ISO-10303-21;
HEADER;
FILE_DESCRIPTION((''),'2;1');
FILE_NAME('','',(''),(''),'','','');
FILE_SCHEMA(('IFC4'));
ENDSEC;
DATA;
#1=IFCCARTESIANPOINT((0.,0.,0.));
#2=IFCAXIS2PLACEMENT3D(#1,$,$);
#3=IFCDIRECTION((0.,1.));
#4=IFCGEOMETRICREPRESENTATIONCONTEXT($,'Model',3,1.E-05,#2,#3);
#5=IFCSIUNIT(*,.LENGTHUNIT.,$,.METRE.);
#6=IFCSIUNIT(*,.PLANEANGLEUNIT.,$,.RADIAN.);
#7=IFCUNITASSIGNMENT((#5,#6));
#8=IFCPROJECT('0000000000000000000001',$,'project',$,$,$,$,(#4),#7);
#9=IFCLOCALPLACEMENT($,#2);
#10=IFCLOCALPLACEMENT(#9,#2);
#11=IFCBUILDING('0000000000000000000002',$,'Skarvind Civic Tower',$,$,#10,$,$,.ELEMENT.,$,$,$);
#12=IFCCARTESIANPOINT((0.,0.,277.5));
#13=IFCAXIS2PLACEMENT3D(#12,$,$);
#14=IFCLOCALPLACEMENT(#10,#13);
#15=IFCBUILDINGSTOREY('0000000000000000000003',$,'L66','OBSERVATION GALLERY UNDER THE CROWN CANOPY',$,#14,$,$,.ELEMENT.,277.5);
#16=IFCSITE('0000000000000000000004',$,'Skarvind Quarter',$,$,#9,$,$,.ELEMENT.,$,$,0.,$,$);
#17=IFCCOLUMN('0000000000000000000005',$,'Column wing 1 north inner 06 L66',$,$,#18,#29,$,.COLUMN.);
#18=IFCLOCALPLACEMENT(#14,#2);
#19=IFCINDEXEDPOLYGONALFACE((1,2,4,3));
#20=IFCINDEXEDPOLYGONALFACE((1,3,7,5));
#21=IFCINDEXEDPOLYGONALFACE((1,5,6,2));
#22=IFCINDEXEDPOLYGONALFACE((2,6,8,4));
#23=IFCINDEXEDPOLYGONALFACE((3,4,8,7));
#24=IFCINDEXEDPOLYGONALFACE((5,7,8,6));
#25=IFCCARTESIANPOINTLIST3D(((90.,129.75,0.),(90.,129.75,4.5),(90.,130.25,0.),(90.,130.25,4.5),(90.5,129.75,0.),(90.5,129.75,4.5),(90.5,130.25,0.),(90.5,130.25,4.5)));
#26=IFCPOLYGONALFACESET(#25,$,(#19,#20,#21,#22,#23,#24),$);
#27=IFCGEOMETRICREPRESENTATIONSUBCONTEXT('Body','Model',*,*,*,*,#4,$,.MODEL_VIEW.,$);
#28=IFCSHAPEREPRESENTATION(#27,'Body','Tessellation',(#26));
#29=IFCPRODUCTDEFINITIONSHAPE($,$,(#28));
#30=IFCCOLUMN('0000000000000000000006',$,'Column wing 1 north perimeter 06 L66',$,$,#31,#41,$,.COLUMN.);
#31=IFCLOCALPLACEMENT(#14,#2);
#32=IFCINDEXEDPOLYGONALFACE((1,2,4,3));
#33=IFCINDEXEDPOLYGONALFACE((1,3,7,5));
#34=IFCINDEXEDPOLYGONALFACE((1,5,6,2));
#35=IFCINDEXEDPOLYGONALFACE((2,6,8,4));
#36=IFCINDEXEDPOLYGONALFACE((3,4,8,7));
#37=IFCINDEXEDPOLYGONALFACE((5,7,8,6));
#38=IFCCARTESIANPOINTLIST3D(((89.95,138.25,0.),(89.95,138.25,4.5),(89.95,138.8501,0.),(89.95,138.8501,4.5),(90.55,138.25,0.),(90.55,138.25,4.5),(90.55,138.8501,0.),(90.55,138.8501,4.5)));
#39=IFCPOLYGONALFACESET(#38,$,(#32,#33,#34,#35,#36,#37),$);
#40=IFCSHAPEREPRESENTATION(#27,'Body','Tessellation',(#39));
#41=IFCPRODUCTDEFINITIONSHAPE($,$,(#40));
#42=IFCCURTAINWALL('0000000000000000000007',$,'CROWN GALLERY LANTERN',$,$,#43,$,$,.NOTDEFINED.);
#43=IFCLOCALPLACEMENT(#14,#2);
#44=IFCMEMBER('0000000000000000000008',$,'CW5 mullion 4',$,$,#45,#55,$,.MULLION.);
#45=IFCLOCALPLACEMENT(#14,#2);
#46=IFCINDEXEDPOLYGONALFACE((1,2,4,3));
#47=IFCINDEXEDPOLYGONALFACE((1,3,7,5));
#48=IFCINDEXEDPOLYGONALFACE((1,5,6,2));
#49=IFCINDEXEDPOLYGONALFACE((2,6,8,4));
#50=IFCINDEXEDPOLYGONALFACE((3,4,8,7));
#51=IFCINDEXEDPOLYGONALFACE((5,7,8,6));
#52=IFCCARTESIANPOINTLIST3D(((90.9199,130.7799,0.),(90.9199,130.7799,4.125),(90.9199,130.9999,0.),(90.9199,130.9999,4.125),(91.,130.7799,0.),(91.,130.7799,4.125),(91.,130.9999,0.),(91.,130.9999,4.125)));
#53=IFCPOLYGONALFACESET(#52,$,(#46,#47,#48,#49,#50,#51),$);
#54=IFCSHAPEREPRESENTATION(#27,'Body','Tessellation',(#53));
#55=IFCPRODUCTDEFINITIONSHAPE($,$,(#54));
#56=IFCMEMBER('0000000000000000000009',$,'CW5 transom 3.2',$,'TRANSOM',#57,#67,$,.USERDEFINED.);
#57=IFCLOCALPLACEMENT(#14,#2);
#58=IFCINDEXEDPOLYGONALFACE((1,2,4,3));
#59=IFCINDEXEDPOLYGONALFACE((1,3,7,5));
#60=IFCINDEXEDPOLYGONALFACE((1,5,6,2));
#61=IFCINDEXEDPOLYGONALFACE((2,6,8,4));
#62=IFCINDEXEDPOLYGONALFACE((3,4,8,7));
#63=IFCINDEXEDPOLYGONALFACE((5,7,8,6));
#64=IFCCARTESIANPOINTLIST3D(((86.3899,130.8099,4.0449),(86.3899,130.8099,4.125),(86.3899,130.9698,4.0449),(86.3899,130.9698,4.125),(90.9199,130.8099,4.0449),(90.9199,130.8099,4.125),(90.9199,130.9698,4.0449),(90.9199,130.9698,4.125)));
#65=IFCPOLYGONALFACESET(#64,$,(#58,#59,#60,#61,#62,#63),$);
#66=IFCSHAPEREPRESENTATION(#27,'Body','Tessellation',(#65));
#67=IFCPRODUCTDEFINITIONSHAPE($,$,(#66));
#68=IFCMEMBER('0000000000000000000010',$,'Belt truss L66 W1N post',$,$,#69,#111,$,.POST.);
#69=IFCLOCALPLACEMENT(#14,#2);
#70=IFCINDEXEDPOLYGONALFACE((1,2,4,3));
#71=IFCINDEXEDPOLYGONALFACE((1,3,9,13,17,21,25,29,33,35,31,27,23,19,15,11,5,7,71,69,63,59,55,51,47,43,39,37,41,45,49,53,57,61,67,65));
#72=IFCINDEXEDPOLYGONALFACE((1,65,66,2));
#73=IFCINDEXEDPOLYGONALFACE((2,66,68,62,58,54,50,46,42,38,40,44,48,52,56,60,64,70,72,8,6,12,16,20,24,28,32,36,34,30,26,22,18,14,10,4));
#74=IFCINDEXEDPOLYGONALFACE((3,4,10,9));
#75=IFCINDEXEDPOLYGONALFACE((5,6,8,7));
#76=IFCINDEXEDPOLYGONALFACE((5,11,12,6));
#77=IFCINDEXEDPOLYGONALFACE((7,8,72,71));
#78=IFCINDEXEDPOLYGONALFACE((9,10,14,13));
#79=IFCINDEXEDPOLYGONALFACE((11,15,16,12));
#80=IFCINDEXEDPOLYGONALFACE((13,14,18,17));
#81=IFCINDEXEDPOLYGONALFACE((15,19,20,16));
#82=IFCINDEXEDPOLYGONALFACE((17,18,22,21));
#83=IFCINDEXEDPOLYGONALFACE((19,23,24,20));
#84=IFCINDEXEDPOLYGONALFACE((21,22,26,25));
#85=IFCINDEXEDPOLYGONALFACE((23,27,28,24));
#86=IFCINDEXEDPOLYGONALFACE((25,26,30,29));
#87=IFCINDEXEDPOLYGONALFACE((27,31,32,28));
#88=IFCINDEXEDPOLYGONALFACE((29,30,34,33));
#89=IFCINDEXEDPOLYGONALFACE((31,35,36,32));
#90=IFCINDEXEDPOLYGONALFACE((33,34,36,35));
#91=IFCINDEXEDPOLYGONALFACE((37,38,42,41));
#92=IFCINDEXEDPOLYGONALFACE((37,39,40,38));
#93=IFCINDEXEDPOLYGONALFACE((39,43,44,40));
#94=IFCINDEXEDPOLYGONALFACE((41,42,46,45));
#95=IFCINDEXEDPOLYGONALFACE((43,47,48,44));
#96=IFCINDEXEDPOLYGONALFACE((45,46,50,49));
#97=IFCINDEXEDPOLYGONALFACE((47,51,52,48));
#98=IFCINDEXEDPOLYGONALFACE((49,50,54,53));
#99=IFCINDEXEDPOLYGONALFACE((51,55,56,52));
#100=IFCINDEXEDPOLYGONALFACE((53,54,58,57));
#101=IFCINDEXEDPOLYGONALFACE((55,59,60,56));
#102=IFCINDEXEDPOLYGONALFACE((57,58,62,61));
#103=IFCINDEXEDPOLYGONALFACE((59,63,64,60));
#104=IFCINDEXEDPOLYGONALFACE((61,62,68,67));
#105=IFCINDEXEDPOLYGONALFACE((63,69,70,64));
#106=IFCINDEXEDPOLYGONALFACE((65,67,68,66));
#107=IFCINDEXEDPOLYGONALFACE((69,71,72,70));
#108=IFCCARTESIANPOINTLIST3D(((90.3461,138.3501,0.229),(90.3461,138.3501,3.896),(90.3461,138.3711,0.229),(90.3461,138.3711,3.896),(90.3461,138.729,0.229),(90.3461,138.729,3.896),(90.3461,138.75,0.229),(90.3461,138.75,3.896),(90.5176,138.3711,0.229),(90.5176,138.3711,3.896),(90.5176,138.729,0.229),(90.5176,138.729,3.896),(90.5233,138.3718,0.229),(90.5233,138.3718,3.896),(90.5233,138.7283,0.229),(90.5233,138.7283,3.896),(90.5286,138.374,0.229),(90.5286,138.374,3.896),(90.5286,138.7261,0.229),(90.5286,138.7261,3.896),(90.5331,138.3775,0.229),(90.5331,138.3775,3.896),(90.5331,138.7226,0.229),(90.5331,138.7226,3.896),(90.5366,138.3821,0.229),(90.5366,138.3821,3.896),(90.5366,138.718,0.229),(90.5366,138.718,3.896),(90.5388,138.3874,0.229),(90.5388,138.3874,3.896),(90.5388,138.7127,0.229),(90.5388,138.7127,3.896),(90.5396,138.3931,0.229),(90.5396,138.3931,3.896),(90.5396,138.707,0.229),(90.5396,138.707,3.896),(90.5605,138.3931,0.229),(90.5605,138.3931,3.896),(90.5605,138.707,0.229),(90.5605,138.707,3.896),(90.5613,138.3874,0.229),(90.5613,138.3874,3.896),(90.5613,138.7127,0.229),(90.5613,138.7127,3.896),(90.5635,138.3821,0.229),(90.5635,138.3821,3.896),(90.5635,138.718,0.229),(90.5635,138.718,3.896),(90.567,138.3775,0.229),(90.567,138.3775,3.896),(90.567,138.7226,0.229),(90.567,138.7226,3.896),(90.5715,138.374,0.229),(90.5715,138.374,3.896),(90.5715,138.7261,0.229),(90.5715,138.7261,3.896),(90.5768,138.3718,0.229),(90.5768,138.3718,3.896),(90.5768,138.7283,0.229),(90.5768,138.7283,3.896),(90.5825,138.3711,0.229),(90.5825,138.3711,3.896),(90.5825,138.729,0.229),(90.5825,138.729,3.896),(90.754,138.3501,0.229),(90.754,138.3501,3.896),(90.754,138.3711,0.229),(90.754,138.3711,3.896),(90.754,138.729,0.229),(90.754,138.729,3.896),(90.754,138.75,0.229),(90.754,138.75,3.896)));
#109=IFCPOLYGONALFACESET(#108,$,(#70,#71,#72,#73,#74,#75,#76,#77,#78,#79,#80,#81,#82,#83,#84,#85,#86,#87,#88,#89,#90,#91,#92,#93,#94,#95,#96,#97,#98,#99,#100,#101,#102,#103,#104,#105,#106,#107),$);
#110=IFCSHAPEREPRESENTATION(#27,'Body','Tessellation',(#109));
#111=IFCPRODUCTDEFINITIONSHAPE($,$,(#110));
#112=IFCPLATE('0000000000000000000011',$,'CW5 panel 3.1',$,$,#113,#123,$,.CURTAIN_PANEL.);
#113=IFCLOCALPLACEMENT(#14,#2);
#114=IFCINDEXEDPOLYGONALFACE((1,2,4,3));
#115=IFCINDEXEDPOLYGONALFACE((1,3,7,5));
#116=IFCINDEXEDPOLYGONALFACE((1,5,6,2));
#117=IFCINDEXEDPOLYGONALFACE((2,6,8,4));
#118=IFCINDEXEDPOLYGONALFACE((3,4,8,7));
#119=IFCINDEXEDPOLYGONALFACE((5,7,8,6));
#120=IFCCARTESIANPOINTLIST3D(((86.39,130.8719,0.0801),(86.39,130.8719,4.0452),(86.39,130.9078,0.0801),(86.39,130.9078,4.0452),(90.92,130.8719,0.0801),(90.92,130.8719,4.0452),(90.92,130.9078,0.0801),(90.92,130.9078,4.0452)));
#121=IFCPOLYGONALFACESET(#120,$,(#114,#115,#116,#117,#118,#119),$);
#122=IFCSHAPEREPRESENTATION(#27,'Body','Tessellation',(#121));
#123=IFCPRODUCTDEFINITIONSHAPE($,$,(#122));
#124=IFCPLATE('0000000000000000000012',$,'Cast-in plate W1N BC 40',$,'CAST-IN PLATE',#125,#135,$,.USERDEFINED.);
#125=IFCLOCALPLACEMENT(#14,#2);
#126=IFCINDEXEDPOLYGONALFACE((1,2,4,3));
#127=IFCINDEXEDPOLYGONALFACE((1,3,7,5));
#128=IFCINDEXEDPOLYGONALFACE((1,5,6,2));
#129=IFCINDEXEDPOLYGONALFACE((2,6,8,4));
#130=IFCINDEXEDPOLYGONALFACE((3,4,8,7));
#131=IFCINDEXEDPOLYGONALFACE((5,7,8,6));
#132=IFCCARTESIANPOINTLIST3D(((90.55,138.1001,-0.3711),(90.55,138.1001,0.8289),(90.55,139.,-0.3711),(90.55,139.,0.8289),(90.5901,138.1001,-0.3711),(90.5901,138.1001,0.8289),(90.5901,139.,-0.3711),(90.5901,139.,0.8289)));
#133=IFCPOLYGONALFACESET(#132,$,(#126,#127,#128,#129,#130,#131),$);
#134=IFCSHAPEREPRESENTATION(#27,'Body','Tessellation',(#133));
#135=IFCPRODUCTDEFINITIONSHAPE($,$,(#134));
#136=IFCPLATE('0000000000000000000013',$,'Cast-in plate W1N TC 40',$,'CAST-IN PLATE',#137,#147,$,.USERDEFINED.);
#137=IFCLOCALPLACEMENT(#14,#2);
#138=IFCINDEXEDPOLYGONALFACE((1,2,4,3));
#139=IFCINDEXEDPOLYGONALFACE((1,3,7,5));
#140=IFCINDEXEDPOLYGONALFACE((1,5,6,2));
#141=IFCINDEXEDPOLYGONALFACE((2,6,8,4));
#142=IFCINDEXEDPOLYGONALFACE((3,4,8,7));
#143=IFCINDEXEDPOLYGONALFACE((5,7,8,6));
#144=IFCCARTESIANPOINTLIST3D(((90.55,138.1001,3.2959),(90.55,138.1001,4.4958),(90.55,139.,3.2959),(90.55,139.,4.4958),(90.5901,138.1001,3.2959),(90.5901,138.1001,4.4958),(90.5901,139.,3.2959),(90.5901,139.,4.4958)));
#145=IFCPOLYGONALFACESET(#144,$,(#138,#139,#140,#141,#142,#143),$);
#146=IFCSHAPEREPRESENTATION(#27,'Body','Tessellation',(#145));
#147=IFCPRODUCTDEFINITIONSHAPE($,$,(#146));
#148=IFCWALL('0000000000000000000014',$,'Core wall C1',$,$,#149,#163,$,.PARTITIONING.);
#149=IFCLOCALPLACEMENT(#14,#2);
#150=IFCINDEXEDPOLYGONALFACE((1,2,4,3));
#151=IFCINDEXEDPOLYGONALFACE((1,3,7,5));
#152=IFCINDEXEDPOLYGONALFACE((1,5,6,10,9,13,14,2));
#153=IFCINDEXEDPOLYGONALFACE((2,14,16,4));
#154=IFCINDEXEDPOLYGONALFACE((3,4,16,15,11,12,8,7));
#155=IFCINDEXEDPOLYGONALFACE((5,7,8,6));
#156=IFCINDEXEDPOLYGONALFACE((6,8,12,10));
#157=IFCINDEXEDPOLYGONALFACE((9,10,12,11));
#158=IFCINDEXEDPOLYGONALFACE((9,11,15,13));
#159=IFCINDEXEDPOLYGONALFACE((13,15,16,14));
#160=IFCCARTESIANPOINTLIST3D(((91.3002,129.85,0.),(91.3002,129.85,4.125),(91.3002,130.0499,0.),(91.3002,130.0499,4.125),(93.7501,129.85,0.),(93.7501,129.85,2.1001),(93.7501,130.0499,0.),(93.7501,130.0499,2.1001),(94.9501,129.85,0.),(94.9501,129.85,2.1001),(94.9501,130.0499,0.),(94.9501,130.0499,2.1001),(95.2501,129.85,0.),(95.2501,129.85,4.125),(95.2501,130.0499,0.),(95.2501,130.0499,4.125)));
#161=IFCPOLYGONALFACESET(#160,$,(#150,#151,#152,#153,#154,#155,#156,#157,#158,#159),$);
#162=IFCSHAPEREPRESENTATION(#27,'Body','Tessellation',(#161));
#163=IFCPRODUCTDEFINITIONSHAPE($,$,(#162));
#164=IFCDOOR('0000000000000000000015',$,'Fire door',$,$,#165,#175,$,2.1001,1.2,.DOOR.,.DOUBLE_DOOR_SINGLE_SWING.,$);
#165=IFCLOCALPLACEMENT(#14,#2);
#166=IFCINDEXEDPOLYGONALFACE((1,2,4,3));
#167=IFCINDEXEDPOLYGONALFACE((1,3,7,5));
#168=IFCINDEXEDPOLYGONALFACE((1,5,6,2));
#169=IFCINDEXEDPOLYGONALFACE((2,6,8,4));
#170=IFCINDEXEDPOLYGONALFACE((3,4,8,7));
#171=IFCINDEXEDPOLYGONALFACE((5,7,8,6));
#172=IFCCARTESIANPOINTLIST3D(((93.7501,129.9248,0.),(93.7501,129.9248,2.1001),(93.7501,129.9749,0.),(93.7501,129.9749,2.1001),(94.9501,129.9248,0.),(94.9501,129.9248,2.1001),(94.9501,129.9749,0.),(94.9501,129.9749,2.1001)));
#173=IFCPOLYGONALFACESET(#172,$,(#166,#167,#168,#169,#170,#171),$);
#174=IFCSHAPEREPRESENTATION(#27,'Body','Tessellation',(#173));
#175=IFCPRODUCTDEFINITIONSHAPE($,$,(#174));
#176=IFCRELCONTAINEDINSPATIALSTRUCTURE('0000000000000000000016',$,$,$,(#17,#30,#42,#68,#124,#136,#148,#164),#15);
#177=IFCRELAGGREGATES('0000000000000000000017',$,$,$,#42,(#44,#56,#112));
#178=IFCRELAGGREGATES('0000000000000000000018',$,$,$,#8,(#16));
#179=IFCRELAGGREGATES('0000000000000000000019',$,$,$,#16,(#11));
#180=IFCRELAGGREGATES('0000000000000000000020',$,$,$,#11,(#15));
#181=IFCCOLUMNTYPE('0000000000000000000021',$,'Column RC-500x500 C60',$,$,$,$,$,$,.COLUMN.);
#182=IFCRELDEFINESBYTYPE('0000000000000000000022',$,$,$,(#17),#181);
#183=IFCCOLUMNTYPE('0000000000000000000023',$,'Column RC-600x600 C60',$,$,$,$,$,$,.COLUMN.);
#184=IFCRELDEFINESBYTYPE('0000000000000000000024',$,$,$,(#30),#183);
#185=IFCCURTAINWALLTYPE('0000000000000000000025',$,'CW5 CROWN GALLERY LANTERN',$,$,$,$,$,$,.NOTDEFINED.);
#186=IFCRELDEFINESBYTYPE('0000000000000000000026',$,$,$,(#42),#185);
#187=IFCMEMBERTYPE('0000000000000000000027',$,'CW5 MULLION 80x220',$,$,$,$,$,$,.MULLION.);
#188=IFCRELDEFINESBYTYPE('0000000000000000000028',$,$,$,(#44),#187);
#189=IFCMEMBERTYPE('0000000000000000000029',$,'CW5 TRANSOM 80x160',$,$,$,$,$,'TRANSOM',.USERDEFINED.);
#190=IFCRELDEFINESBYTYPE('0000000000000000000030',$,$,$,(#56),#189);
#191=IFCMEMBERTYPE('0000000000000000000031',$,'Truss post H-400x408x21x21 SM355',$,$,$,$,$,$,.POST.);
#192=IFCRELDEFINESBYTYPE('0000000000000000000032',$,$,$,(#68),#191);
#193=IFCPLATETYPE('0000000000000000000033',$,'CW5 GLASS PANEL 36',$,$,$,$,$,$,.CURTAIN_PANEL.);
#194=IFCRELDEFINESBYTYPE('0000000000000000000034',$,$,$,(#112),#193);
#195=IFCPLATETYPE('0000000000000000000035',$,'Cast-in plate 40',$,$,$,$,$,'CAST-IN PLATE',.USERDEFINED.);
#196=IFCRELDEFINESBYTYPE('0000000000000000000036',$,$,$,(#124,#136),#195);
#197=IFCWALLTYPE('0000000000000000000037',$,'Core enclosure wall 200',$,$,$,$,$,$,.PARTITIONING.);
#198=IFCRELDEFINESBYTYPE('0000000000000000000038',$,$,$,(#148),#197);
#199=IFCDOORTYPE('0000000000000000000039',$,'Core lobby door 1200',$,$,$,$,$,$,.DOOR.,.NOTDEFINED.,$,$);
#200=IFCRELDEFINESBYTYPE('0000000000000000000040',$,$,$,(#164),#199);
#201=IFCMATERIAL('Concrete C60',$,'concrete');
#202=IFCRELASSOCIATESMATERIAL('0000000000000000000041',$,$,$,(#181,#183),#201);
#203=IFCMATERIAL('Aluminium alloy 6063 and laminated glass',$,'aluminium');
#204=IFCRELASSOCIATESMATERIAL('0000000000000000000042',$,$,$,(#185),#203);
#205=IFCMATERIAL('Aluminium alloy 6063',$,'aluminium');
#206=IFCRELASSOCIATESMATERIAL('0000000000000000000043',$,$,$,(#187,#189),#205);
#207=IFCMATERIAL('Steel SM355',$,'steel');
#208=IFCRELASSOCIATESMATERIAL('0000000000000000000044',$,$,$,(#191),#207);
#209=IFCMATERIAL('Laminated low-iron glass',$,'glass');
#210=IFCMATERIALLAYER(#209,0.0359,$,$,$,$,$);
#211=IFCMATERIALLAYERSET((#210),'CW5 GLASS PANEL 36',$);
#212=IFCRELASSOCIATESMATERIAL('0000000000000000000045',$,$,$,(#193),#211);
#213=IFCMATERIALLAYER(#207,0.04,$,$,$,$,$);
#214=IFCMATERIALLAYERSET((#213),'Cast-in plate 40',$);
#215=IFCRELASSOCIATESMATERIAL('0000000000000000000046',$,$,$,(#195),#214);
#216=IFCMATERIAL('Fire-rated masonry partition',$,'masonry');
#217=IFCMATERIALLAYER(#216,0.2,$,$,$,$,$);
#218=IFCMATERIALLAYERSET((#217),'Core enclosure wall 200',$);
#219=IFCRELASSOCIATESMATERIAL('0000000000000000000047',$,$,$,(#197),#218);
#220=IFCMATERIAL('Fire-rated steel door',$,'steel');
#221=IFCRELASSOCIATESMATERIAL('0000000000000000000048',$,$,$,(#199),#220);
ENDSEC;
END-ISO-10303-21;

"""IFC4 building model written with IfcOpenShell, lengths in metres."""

from ifc_helpers import new_model, si_unit, direction, frame, frame_2d, origin, origin_2d, place, context, subcontext, project, spatial, rectangle, i_section, extrude, material, layer, layer_set, material_profile, profile_set, type_object, element, fill, aggregate, save


model = new_model("IFC4")

# Units and contexts
model_context = context("Model", 3, precision=1e-05, world=origin(), true_north=direction((0.0, 1.0)))
body_context = subcontext(model_context, "Body", "Model", "MODEL_VIEW")
ifc_project = project(units=[si_unit("LENGTHUNIT", "METRE"), si_unit("PLANEANGLEUNIT", "RADIAN")], contexts=[model_context])

# Site, building, storey
site_placement = place(None, origin())
site = spatial("IfcSite", under=ifc_project, at=site_placement, Name="Skarvind Quarter", CompositionType="ELEMENT", RefElevation=0.0)
building_placement = place(site_placement, origin())
building = spatial("IfcBuilding", under=site, at=building_placement, Name="Skarvind Civic Tower", CompositionType="ELEMENT")
storey_placement = place(building_placement, frame((0.0, 0.0, 277.5)))
storey = spatial("IfcBuildingStorey", under=building, at=storey_placement, Name="L66", Description="OBSERVATION GALLERY UNDER THE CROWN CANOPY", CompositionType="ELEMENT", Elevation=277.5)

# Columns
ifc_material_1 = material(Name="Concrete C60", Category="concrete")
ifc_material_profile_1 = material_profile(ifc_material_1, rectangle(XDim=0.5, YDim=0.5, at=origin_2d()), Name="RC-500x500")
ifc_profile_set_1 = profile_set([ifc_material_profile_1], Name="Concrete C60")
column_type_1 = type_object("IfcColumnType", Name="Column RC-500x500 C60", PredefinedType="COLUMN", material=ifc_profile_set_1)
column_1_placement = place(storey_placement, frame((90.25, 130.0, 0.0), z_axis=(0.0, 0.0, 1.0), x_axis=(1.0, 0.0, 0.0)))
element("IfcColumn", 1, at=column_1_placement, inside=storey, type_object=column_type_1, Name="Column wing 1 north inner 06 L66", PredefinedType="COLUMN", context=body_context, shape_type="SweptSolid", body=[
    extrude(rectangle(XDim=0.5, YDim=0.5, at=origin_2d()), origin(), (0.0, 0.0, 1.0), 4.5),
])
ifc_material_profile_2 = material_profile(ifc_material_1, rectangle(XDim=0.6001, YDim=0.6001, at=origin_2d()), Name="RC-600x600")
ifc_profile_set_2 = profile_set([ifc_material_profile_2], Name="Concrete C60")
column_type_2 = type_object("IfcColumnType", Name="Column RC-600x600 C60", PredefinedType="COLUMN", material=ifc_profile_set_2)
column_2_placement = place(storey_placement, frame((90.25, 138.55, 0.0), z_axis=(0.0, 0.0, 1.0), x_axis=(1.0, 0.0, 0.0)))
element("IfcColumn", 2, at=column_2_placement, inside=storey, type_object=column_type_2, Name="Column wing 1 north perimeter 06 L66", PredefinedType="COLUMN", context=body_context, shape_type="SweptSolid", body=[
    extrude(rectangle(XDim=0.6001, YDim=0.6001, at=origin_2d()), origin(), (0.0, 0.0, 1.0), 4.5),
])

# Curtain wall, members
ifc_material_2 = material(Name="Aluminium alloy 6063 and laminated glass", Category="aluminium")
curtain_wall_type = type_object("IfcCurtainWallType", Name="CW5 CROWN GALLERY LANTERN", PredefinedType="NOTDEFINED", material=ifc_material_2)
curtain_wall_placement = place(storey_placement, origin())
curtain_wall = element("IfcCurtainWall", 3, at=curtain_wall_placement, inside=storey, type_object=curtain_wall_type, Name="CROWN GALLERY LANTERN", PredefinedType="NOTDEFINED")
ifc_material_3 = material(Name="Aluminium alloy 6063", Category="aluminium")
ifc_material_profile_3 = material_profile(ifc_material_3, rectangle(XDim=0.22, YDim=0.0801, at=origin_2d()), Name="AL 80x220")
ifc_profile_set_3 = profile_set([ifc_material_profile_3], Name="Aluminium alloy 6063")
member_type_1 = type_object("IfcMemberType", Name="CW5 MULLION 80x220", PredefinedType="MULLION", material=ifc_profile_set_3)
member_1_placement = place(storey_placement, frame((90.96, 130.8899, 0.0), z_axis=(0.0, 0.0, 1.0), x_axis=(0.0, 1.0, 0.0)))
member_1 = element("IfcMember", 4, at=member_1_placement, type_object=member_type_1, Name="CW5 mullion 4", PredefinedType="MULLION", context=body_context, shape_type="SweptSolid", body=[
    extrude(rectangle(XDim=0.22, YDim=0.0801, at=origin_2d()), origin(), (0.0, 0.0, 1.0), 4.125),
])
ifc_material_profile_4 = material_profile(ifc_material_3, rectangle(XDim=0.1599, YDim=0.0801, at=origin_2d()), Name="AL 80x160")
ifc_profile_set_4 = profile_set([ifc_material_profile_4], Name="Aluminium alloy 6063")
member_type_2 = type_object("IfcMemberType", Name="CW5 TRANSOM 80x160", ElementType="TRANSOM", PredefinedType="USERDEFINED", material=ifc_profile_set_4)
member_2_placement = place(storey_placement, frame((86.3899, 130.8899, 4.085), z_axis=(1.0, 0.0, 0.0), x_axis=(0.0, 1.0, 0.0)))
member_2 = element("IfcMember", 5, at=member_2_placement, type_object=member_type_2, Name="CW5 transom 3.2", ObjectType="TRANSOM", PredefinedType="USERDEFINED", context=body_context, shape_type="SweptSolid", body=[
    extrude(rectangle(XDim=0.1599, YDim=0.0801, at=origin_2d()), origin(), (0.0, 0.0, 1.0), 4.53),
])

# Member
ifc_material_4 = material(Name="Steel SM355", Category="steel")
ifc_material_profile_5 = material_profile(ifc_material_4, i_section(OverallWidth=0.408, OverallDepth=0.3999, WebThickness=0.021, FlangeThickness=0.021, FilletRadius=0.022, at=origin_2d()), Name="H-400x408x21x21")
ifc_profile_set_5 = profile_set([ifc_material_profile_5], Name="Steel SM355")
member_type_3 = type_object("IfcMemberType", Name="Truss post H-400x408x21x21 SM355", PredefinedType="POST", material=ifc_profile_set_5)
member_3_placement = place(storey_placement, frame((90.55, 138.55, 0.229), z_axis=(0.0, 0.0, 1.0), x_axis=(1.0, 0.0, 0.0)))
element("IfcMember", 6, at=member_3_placement, inside=storey, type_object=member_type_3, Name="Belt truss L66 W1N post", PredefinedType="POST", context=body_context, shape_type="SweptSolid", body=[
    extrude(i_section(OverallWidth=0.408, OverallDepth=0.3999, WebThickness=0.021, FlangeThickness=0.021, FilletRadius=0.022, at=origin_2d()), origin(), (0.0, 0.0, 1.0), 3.667),
])

# Plate
ifc_material_5 = material(Name="Laminated low-iron glass", Category="glass")
ifc_layer_1 = layer(ifc_material_5, 0.0359)
ifc_layer_set_1 = layer_set([ifc_layer_1], Name="CW5 GLASS PANEL 36")
plate_type_1 = type_object("IfcPlateType", Name="CW5 GLASS PANEL 36", PredefinedType="CURTAIN_PANEL", material=ifc_layer_set_1)
plate_placement = place(storey_placement, frame((88.655, 130.8899, 0.0801), z_axis=(0.0, 0.0, 1.0), x_axis=(1.0, 0.0, 0.0)))
plate = element("IfcPlate", 7, at=plate_placement, type_object=plate_type_1, Name="CW5 panel 3.1", PredefinedType="CURTAIN_PANEL", context=body_context, shape_type="SweptSolid", body=[
    extrude(rectangle(XDim=4.53, YDim=0.0359, at=origin_2d()), origin(), (0.0, 0.0, 1.0), 3.9651),
])
aggregate(curtain_wall, [member_1, member_2, plate])

# Plates
ifc_layer_2 = layer(ifc_material_4, 0.04)
ifc_layer_set_2 = layer_set([ifc_layer_2], Name="Cast-in plate 40")
plate_type_2 = type_object("IfcPlateType", Name="Cast-in plate 40", ElementType="CAST-IN PLATE", PredefinedType="USERDEFINED", material=ifc_layer_set_2)
for number, where, z_axis, x_axis, name in (
    (8, (90.5701, 138.55, -0.3711), (0.0, 0.0, 1.0), (1.0, 0.0, 0.0), "Cast-in plate W1N BC 40"),
    (9, (90.5701, 138.55, 3.2959), (0.0, 0.0, 1.0), (1.0, 0.0, 0.0), "Cast-in plate W1N TC 40"),
):
    element("IfcPlate", number, at=place(storey_placement, frame(where, z_axis=z_axis, x_axis=x_axis)), inside=storey, type_object=plate_type_2, Name=name, ObjectType="CAST-IN PLATE", PredefinedType="USERDEFINED", context=body_context, shape_type="SweptSolid", body=[
        extrude(rectangle(XDim=0.04, YDim=0.8999, at=origin_2d()), origin(), (0.0, 0.0, 1.0), 1.2),
    ])

# Wall, opening, door
ifc_material_6 = material(Name="Fire-rated masonry partition", Category="masonry")
ifc_layer_3 = layer(ifc_material_6, 0.2)
ifc_layer_set_3 = layer_set([ifc_layer_3], Name="Core enclosure wall 200")
wall_type_1 = type_object("IfcWallType", Name="Core enclosure wall 200", PredefinedType="PARTITIONING", material=ifc_layer_set_3)
wall_1_placement = place(storey_placement, frame((91.3, 129.95, 0.0), z_axis=(0.0, 0.0, 1.0), x_axis=(1.0, 0.0, 0.0)))
wall_1 = element("IfcWall", 10, at=wall_1_placement, inside=storey, type_object=wall_type_1, Name="Core wall C1", PredefinedType="PARTITIONING", context=body_context, shape_type="SweptSolid", body=[
    extrude(rectangle(XDim=3.95, YDim=0.2, at=frame_2d((1.9751, 0.0))), origin(), (0.0, 0.0, 1.0), 4.125),
])
opening_1_placement = place(wall_1_placement, frame((2.45, 0.0, 0.0)))
opening_1 = element("IfcOpeningElement", 11, at=opening_1_placement, cuts=wall_1, PredefinedType="OPENING", context=body_context, shape_type="SweptSolid", body=[
    extrude(rectangle(XDim=1.2, YDim=2.1001, at=frame_2d((0.6001, 1.05))), frame((0.0, 0.1099, 0.0), z_axis=(0.0, -1.0, 0.0), x_axis=(1.0, 0.0, 0.0)), (0.0, 0.0, 1.0), 0.22),
])
ifc_material_7 = material(Name="Fire-rated steel door", Category="steel")
door_type_1 = type_object("IfcDoorType", Name="Core lobby door 1200", OperationType="NOTDEFINED", PredefinedType="DOOR", material=ifc_material_7)
door_1_placement = place(opening_1_placement, origin())
door_1 = element("IfcDoor", 12, at=door_1_placement, inside=storey, type_object=door_type_1, Name="Fire door", OperationType="DOUBLE_DOOR_SINGLE_SWING", OverallHeight=2.1001, OverallWidth=1.2, PredefinedType="DOOR", context=body_context, shape_type="SweptSolid", body=[
    extrude(rectangle(XDim=1.2, YDim=2.1001, at=frame_2d((0.6001, 1.05))), frame((0.0, 0.0249, 0.0), z_axis=(0.0, -1.0, 0.0), x_axis=(1.0, 0.0, 0.0)), (0.0, 0.0, 1.0), 0.05),
])
fill(opening_1, door_1)

save(model, "model.ifc")
